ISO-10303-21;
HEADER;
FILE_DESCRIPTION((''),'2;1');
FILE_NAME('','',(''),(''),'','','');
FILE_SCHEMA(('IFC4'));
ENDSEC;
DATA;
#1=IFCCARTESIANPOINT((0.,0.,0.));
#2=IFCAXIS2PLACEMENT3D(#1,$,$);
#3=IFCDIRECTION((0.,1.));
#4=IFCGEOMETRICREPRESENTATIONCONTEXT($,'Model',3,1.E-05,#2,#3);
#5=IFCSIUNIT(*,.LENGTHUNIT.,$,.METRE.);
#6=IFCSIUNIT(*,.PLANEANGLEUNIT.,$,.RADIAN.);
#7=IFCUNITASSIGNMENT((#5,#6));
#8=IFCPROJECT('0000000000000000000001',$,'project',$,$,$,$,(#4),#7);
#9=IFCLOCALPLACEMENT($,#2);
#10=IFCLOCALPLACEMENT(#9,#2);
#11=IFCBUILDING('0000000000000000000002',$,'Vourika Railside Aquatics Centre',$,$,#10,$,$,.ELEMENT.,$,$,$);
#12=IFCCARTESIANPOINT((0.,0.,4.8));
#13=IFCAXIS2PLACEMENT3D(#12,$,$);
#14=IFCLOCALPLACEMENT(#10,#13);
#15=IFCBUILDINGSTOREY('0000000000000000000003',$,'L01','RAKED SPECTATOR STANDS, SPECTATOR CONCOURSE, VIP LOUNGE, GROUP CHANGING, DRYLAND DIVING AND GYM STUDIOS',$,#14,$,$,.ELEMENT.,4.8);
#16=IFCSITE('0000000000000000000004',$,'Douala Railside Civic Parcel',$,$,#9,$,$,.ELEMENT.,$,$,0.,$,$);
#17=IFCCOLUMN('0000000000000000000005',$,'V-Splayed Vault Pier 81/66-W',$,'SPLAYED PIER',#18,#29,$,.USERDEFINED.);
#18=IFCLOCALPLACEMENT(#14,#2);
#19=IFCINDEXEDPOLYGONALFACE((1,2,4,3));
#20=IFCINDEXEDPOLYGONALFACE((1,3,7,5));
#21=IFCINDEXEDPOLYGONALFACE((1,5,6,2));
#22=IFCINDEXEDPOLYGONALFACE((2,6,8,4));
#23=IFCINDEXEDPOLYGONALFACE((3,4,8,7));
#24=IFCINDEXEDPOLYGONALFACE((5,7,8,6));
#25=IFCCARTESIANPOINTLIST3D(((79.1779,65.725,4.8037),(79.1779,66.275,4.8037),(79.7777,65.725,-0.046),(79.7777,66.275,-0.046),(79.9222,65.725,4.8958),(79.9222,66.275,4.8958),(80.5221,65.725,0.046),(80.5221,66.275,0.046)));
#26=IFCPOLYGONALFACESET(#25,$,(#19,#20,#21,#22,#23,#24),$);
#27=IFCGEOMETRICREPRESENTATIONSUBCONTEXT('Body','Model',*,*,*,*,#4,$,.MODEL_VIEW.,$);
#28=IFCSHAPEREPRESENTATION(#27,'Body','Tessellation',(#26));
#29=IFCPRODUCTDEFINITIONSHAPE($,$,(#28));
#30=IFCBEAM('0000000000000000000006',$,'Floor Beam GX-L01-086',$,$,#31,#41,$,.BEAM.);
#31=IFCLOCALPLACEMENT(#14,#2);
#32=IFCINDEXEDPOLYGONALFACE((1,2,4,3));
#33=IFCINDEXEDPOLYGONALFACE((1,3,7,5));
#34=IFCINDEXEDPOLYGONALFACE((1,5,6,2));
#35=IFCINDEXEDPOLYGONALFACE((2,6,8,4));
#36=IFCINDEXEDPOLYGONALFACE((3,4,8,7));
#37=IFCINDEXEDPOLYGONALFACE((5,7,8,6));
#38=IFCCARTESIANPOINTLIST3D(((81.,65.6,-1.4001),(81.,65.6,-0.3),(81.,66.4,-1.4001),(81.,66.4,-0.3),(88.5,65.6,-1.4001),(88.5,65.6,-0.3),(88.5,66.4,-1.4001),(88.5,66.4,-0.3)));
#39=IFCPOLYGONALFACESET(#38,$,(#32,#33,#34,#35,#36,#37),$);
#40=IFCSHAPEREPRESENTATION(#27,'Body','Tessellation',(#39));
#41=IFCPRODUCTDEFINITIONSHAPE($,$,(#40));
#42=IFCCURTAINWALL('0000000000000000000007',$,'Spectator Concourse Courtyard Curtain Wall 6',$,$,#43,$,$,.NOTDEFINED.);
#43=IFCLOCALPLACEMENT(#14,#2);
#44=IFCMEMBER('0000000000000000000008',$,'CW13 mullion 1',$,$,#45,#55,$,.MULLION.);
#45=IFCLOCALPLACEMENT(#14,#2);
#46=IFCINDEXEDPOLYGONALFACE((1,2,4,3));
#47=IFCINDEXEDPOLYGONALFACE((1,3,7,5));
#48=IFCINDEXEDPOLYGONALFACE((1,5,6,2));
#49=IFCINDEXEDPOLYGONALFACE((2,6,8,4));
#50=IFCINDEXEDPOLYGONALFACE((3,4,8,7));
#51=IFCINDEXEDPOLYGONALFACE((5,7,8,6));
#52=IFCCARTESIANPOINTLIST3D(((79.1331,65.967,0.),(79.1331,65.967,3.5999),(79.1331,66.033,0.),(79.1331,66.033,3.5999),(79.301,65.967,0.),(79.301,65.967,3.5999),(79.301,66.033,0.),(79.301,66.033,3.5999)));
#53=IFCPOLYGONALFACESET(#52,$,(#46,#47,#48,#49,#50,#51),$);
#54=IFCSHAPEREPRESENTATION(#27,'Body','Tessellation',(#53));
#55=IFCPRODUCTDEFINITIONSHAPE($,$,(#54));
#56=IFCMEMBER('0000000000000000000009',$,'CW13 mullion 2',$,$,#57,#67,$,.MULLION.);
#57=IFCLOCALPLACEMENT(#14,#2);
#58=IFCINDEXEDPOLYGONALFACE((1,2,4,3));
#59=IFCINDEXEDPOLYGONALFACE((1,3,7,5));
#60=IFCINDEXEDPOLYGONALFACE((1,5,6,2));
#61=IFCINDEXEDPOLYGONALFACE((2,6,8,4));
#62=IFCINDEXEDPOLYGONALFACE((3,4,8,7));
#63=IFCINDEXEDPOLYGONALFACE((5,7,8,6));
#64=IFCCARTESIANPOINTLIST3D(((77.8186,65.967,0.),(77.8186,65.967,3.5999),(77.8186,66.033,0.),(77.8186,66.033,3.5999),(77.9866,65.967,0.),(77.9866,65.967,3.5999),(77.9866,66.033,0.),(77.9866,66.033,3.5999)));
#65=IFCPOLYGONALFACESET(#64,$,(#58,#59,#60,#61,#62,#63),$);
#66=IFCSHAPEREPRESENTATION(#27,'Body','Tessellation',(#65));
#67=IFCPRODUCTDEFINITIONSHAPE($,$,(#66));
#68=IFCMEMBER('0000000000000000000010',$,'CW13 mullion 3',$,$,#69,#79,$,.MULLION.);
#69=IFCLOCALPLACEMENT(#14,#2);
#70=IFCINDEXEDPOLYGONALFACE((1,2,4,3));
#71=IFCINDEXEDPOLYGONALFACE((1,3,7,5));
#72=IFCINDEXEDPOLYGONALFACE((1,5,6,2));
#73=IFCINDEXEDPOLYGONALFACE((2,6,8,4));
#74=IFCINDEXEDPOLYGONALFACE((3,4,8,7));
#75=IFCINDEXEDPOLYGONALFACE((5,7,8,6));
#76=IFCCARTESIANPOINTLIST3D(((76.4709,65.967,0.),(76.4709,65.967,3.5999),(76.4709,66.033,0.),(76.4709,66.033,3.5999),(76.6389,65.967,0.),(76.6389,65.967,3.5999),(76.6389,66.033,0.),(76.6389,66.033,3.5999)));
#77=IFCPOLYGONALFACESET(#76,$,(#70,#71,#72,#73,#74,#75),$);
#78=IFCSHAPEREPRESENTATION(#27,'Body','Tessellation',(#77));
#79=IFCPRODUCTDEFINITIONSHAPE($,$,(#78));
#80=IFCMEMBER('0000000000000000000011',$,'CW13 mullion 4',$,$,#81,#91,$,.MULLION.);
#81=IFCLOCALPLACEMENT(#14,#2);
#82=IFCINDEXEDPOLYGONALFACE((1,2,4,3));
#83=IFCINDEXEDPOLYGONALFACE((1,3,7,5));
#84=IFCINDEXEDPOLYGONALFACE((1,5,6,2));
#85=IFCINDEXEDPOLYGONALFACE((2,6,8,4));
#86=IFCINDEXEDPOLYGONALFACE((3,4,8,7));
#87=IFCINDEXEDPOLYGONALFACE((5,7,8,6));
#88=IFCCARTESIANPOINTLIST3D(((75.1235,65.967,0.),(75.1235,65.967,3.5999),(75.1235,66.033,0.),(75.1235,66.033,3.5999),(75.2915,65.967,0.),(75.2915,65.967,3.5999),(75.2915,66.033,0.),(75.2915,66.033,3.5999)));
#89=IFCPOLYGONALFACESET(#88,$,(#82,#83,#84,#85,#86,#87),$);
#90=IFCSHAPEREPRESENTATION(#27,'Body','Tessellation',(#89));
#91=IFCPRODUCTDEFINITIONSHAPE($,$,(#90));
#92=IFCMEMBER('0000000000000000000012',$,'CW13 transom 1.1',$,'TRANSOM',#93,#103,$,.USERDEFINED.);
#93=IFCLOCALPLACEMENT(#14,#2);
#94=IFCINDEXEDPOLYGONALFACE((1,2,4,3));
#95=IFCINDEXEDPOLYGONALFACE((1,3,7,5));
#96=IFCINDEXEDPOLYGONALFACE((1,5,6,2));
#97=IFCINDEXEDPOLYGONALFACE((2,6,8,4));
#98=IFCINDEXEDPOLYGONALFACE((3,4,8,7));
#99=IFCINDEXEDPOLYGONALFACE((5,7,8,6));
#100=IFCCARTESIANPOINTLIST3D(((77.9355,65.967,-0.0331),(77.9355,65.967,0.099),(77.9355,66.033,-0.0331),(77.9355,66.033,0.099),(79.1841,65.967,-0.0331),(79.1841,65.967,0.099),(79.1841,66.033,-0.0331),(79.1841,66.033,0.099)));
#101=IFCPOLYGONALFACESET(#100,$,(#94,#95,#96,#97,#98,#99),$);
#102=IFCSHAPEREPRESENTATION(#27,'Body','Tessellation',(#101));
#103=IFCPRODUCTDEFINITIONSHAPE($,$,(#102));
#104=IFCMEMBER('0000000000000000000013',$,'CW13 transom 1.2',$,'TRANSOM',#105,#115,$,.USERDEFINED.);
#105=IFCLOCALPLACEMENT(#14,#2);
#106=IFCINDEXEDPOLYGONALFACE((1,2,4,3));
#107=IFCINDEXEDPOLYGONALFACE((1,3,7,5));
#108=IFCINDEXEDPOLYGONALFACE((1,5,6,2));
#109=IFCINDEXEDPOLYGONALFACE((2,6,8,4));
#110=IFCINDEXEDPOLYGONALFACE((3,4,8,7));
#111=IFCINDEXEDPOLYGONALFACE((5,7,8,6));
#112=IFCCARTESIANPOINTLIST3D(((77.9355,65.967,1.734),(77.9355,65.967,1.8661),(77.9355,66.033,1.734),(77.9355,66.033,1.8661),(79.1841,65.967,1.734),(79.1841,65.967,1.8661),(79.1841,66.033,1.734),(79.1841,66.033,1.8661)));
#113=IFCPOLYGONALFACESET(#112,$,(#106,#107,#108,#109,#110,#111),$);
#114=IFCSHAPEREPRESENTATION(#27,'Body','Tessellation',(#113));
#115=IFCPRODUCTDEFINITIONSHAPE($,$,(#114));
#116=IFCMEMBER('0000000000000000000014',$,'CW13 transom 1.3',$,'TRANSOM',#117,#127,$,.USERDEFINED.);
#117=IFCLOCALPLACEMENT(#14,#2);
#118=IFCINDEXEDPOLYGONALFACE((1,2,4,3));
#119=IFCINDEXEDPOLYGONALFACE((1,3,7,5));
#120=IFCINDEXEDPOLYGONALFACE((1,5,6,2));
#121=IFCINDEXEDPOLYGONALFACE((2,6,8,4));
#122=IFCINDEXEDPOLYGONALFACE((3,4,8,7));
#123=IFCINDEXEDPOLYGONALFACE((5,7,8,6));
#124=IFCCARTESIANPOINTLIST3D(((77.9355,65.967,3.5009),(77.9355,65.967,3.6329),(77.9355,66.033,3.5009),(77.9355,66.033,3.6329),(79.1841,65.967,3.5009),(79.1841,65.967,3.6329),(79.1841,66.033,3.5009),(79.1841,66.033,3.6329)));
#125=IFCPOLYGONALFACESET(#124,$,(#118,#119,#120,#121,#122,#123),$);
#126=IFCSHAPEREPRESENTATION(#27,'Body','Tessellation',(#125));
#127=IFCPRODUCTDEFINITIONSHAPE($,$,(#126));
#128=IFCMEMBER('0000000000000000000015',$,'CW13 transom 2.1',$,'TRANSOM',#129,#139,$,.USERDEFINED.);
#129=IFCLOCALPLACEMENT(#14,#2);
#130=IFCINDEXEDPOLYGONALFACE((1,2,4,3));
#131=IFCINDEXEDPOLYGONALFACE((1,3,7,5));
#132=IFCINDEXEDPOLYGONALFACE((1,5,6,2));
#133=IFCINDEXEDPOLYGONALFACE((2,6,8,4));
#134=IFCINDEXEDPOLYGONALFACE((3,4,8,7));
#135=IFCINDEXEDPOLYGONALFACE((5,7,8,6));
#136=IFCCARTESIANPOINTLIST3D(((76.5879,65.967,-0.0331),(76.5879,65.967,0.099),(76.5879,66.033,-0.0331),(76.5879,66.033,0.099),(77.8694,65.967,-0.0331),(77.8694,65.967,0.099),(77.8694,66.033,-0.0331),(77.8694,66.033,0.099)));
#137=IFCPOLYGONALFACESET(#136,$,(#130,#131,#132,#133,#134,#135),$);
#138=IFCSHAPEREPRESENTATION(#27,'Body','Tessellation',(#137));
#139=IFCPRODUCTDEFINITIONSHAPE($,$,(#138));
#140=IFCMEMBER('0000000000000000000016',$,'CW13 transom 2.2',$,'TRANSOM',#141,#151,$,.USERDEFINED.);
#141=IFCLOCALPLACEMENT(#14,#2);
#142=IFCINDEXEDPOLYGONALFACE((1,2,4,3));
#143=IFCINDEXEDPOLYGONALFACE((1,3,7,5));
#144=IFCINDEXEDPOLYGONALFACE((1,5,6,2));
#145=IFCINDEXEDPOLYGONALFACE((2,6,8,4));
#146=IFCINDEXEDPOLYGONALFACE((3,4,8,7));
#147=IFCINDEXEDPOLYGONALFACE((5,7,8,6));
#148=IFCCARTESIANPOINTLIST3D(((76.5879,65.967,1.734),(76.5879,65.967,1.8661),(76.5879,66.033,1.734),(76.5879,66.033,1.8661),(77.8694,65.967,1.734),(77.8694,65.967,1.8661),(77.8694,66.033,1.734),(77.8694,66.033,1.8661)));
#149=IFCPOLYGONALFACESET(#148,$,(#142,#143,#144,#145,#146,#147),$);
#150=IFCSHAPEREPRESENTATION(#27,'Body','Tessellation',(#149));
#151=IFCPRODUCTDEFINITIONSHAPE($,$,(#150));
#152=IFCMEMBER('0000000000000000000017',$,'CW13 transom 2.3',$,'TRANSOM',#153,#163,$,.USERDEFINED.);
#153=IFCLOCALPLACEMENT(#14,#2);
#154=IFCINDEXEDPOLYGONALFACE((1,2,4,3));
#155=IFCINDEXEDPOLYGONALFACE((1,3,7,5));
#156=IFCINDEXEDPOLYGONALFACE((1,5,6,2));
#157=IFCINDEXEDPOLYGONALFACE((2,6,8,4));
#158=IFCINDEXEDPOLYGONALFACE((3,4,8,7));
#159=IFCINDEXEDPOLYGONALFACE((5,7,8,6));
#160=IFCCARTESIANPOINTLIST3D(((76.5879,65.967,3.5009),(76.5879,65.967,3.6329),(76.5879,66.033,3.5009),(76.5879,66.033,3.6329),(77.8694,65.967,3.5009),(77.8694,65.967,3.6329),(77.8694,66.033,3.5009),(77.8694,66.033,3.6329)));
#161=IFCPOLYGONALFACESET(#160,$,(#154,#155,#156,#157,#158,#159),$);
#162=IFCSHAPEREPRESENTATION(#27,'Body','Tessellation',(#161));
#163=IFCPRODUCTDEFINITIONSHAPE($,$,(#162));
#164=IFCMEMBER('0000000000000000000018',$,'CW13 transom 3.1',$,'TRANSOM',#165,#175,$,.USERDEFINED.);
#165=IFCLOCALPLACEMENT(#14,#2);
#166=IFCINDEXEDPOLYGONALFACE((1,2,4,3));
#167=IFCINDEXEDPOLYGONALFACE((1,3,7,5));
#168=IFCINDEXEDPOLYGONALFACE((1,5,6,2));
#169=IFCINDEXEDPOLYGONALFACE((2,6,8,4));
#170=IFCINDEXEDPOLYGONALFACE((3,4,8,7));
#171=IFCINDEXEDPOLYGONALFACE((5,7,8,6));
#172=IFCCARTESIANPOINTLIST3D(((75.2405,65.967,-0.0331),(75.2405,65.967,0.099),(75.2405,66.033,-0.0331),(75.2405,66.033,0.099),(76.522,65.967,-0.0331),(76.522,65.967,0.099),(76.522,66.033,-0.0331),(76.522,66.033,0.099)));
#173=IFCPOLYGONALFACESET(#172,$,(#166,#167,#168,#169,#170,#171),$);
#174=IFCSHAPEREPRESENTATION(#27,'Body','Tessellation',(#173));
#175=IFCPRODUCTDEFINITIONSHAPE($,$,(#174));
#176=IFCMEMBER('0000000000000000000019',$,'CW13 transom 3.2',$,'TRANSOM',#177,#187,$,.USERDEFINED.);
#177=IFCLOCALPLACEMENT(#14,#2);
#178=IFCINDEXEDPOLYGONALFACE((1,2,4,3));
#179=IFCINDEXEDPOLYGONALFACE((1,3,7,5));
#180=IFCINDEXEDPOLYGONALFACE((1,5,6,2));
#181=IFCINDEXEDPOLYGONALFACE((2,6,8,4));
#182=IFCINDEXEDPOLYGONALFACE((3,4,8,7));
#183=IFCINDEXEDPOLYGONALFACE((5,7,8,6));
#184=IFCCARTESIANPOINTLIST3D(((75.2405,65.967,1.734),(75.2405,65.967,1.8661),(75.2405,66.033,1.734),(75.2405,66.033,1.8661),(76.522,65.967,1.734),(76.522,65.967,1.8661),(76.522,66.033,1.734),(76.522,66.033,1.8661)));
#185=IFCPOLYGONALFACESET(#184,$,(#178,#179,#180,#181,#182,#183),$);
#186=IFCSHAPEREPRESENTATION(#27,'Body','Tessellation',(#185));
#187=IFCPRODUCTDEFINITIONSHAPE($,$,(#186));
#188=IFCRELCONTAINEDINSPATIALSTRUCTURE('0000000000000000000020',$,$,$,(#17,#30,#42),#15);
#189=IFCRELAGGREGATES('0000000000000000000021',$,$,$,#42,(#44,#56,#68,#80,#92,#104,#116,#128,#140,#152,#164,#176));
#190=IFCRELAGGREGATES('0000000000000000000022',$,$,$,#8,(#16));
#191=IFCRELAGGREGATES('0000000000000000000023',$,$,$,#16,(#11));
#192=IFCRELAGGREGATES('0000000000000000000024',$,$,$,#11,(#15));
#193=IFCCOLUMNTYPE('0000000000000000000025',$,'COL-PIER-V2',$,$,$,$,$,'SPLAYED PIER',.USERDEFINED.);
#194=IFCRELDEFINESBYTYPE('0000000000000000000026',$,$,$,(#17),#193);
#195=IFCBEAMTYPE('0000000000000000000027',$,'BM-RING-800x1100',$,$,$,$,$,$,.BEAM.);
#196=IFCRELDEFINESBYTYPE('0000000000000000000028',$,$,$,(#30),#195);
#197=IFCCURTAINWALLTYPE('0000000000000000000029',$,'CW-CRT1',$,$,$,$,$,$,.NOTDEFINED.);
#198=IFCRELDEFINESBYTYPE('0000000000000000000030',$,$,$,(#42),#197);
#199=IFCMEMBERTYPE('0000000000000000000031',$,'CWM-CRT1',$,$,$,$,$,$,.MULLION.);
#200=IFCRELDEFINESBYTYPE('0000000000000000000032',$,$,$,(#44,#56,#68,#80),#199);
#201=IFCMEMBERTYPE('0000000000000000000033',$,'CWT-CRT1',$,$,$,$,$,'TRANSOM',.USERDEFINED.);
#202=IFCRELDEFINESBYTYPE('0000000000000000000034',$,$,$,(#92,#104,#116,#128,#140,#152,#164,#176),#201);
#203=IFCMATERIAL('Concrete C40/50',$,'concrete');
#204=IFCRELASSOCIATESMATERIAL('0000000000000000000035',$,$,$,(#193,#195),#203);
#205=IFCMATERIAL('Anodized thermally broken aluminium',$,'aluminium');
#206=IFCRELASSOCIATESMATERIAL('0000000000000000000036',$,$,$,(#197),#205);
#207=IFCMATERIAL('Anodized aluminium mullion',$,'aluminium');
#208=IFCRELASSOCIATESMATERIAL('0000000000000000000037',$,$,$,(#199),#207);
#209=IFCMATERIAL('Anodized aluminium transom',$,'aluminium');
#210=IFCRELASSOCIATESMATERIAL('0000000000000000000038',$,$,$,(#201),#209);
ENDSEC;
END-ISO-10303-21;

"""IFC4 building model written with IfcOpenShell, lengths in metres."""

from ifc_helpers import new_model, si_unit, direction, frame, origin, origin_2d, place, context, subcontext, project, spatial, rectangle, extrude, material, material_profile, profile_set, type_object, element, aggregate, save


model = new_model("IFC4")

# Units and contexts
model_context = context("Model", 3, precision=1e-05, world=origin(), true_north=direction((0.0, 1.0)))
body_context = subcontext(model_context, "Body", "Model", "MODEL_VIEW")
ifc_project = project(units=[si_unit("LENGTHUNIT", "METRE"), si_unit("PLANEANGLEUNIT", "RADIAN")], contexts=[model_context])

# Site, building, storey
site_placement = place(None, origin())
site = spatial("IfcSite", under=ifc_project, at=site_placement, Name="Douala Railside Civic Parcel", CompositionType="ELEMENT", RefElevation=0.0)
building_placement = place(site_placement, origin())
building = spatial("IfcBuilding", under=site, at=building_placement, Name="Vourika Railside Aquatics Centre", CompositionType="ELEMENT")
storey_placement = place(building_placement, frame((0.0, 0.0, 4.8)))
storey = spatial("IfcBuildingStorey", under=building, at=storey_placement, Name="L01", Description="RAKED SPECTATOR STANDS, SPECTATOR CONCOURSE, VIP LOUNGE, GROUP CHANGING, DRYLAND DIVING AND GYM STUDIOS", CompositionType="ELEMENT", Elevation=4.8)

# Column
ifc_material_1 = material(Name="Concrete C40/50", Category="concrete")
ifc_material_profile_1 = material_profile(ifc_material_1, rectangle(XDim=0.55, YDim=0.75, at=origin_2d()), Name="RC 550x750")
ifc_profile_set_1 = profile_set([ifc_material_profile_1], Name="Concrete C40/50")
column_type = type_object("IfcColumnType", Name="COL-PIER-V2", ElementType="SPLAYED PIER", PredefinedType="USERDEFINED", material=ifc_profile_set_1)
column_placement = place(storey_placement, frame((80.1499, 66.0, 0.0), z_axis=(-0.12275, 0.0, 0.992438), x_axis=(0.0, -1.0, 0.0)))
element("IfcColumn", 1, at=column_placement, inside=storey, type_object=column_type, Name="V-Splayed Vault Pier 81/66-W", ObjectType="SPLAYED PIER", PredefinedType="USERDEFINED", context=body_context, shape_type="SweptSolid", body=[
    extrude(rectangle(XDim=0.55, YDim=0.75, at=origin_2d()), origin(), (0.0, 0.0, 1.0), 4.8867),
])

# Beam
ifc_material_profile_2 = material_profile(ifc_material_1, rectangle(XDim=0.8, YDim=1.1001, at=origin_2d()), Name="RC 800x1100")
ifc_profile_set_2 = profile_set([ifc_material_profile_2], Name="Concrete C40/50")
beam_type = type_object("IfcBeamType", Name="BM-RING-800x1100", PredefinedType="BEAM", material=ifc_profile_set_2)
beam_placement = place(storey_placement, frame((81.0, 66.0, -0.8501), z_axis=(1.0, 0.0, 0.0), x_axis=(0.0, 1.0, 0.0)))
element("IfcBeam", 2, at=beam_placement, inside=storey, type_object=beam_type, Name="Floor Beam GX-L01-086", PredefinedType="BEAM", context=body_context, shape_type="SweptSolid", body=[
    extrude(rectangle(XDim=0.8, YDim=1.1001, at=origin_2d()), origin(), (0.0, 0.0, 1.0), 7.5),
])

# Curtain wall, members
ifc_material_2 = material(Name="Anodized thermally broken aluminium", Category="aluminium")
curtain_wall_type = type_object("IfcCurtainWallType", Name="CW-CRT1", PredefinedType="NOTDEFINED", material=ifc_material_2)
curtain_wall_placement = place(storey_placement, origin())
curtain_wall = element("IfcCurtainWall", 3, at=curtain_wall_placement, inside=storey, type_object=curtain_wall_type, Name="Spectator Concourse Courtyard Curtain Wall 6", PredefinedType="NOTDEFINED")
ifc_material_3 = material(Name="Anodized aluminium mullion", Category="aluminium")
ifc_material_profile_3 = material_profile(ifc_material_3, rectangle(XDim=0.0659, YDim=0.168, at=origin_2d()), Name="ALU-M 66x168")
ifc_profile_set_3 = profile_set([ifc_material_profile_3], Name="Anodized aluminium mullion")
member_type_1 = type_object("IfcMemberType", Name="CWM-CRT1", PredefinedType="MULLION", material=ifc_profile_set_3)
member_1_placement = place(storey_placement, frame((79.217, 66.0, 0.0), z_axis=(0.0, 0.0, 1.0), x_axis=(0.0, -1.0, 0.0)))
member_1 = element("IfcMember", 4, at=member_1_placement, type_object=member_type_1, Name="CW13 mullion 1", PredefinedType="MULLION", context=body_context, shape_type="SweptSolid", body=[
    extrude(rectangle(XDim=0.0659, YDim=0.168, at=origin_2d()), origin(), (0.0, 0.0, 1.0), 3.5999),
])
member_2_placement = place(storey_placement, frame((77.9026, 66.0, 0.0), z_axis=(0.0, 0.0, 1.0), x_axis=(0.0, -1.0, 0.0)))
member_2 = element("IfcMember", 5, at=member_2_placement, type_object=member_type_1, Name="CW13 mullion 2", PredefinedType="MULLION", context=body_context, shape_type="SweptSolid", body=[
    extrude(rectangle(XDim=0.0659, YDim=0.168, at=origin_2d()), origin(), (0.0, 0.0, 1.0), 3.5999),
])
member_3_placement = place(storey_placement, frame((76.5549, 66.0, 0.0), z_axis=(0.0, 0.0, 1.0), x_axis=(0.0, -1.0, 0.0)))
member_3 = element("IfcMember", 6, at=member_3_placement, type_object=member_type_1, Name="CW13 mullion 3", PredefinedType="MULLION", context=body_context, shape_type="SweptSolid", body=[
    extrude(rectangle(XDim=0.0659, YDim=0.168, at=origin_2d()), origin(), (0.0, 0.0, 1.0), 3.5999),
])
member_4_placement = place(storey_placement, frame((75.2075, 66.0, 0.0), z_axis=(0.0, 0.0, 1.0), x_axis=(0.0, -1.0, 0.0)))
member_4 = element("IfcMember", 7, at=member_4_placement, type_object=member_type_1, Name="CW13 mullion 4", PredefinedType="MULLION", context=body_context, shape_type="SweptSolid", body=[
    extrude(rectangle(XDim=0.0659, YDim=0.168, at=origin_2d()), origin(), (0.0, 0.0, 1.0), 3.5999),
])
ifc_material_4 = material(Name="Anodized aluminium transom", Category="aluminium")
ifc_material_profile_4 = material_profile(ifc_material_4, rectangle(XDim=0.0659, YDim=0.1321, at=origin_2d()), Name="ALU-T 66x132")
ifc_profile_set_4 = profile_set([ifc_material_profile_4], Name="Anodized aluminium transom")
member_type_2 = type_object("IfcMemberType", Name="CWT-CRT1", ElementType="TRANSOM", PredefinedType="USERDEFINED", material=ifc_profile_set_4)
member_5_placement = place(storey_placement, frame((79.1841, 66.0, 0.033), z_axis=(-1.0, 0.0, 0.0), x_axis=(0.0, -1.0, 0.0)))
member_5 = element("IfcMember", 8, at=member_5_placement, type_object=member_type_2, Name="CW13 transom 1.1", ObjectType="TRANSOM", PredefinedType="USERDEFINED", context=body_context, shape_type="SweptSolid", body=[
    extrude(rectangle(XDim=0.0659, YDim=0.1321, at=origin_2d()), origin(), (0.0, 0.0, 1.0), 1.2485),
])
member_6_placement = place(storey_placement, frame((79.1841, 66.0, 1.8), z_axis=(-1.0, 0.0, 0.0), x_axis=(0.0, -1.0, 0.0)))
member_6 = element("IfcMember", 9, at=member_6_placement, type_object=member_type_2, Name="CW13 transom 1.2", ObjectType="TRANSOM", PredefinedType="USERDEFINED", context=body_context, shape_type="SweptSolid", body=[
    extrude(rectangle(XDim=0.0659, YDim=0.1321, at=origin_2d()), origin(), (0.0, 0.0, 1.0), 1.2485),
])
member_7_placement = place(storey_placement, frame((79.1841, 66.0, 3.5669), z_axis=(-1.0, 0.0, 0.0), x_axis=(0.0, -1.0, 0.0)))
member_7 = element("IfcMember", 10, at=member_7_placement, type_object=member_type_2, Name="CW13 transom 1.3", ObjectType="TRANSOM", PredefinedType="USERDEFINED", context=body_context, shape_type="SweptSolid", body=[
    extrude(rectangle(XDim=0.0659, YDim=0.1321, at=origin_2d()), origin(), (0.0, 0.0, 1.0), 1.2485),
])
member_8_placement = place(storey_placement, frame((77.8694, 66.0, 0.033), z_axis=(-1.0, 0.0, 0.0), x_axis=(0.0, -1.0, 0.0)))
member_8 = element("IfcMember", 11, at=member_8_placement, type_object=member_type_2, Name="CW13 transom 2.1", ObjectType="TRANSOM", PredefinedType="USERDEFINED", context=body_context, shape_type="SweptSolid", body=[
    extrude(rectangle(XDim=0.0659, YDim=0.1321, at=origin_2d()), origin(), (0.0, 0.0, 1.0), 1.2815),
])
member_9_placement = place(storey_placement, frame((77.8694, 66.0, 1.8), z_axis=(-1.0, 0.0, 0.0), x_axis=(0.0, -1.0, 0.0)))
member_9 = element("IfcMember", 12, at=member_9_placement, type_object=member_type_2, Name="CW13 transom 2.2", ObjectType="TRANSOM", PredefinedType="USERDEFINED", context=body_context, shape_type="SweptSolid", body=[
    extrude(rectangle(XDim=0.0659, YDim=0.1321, at=origin_2d()), origin(), (0.0, 0.0, 1.0), 1.2815),
])
member_10_placement = place(storey_placement, frame((77.8694, 66.0, 3.5669), z_axis=(-1.0, 0.0, 0.0), x_axis=(0.0, -1.0, 0.0)))
member_10 = element("IfcMember", 13, at=member_10_placement, type_object=member_type_2, Name="CW13 transom 2.3", ObjectType="TRANSOM", PredefinedType="USERDEFINED", context=body_context, shape_type="SweptSolid", body=[
    extrude(rectangle(XDim=0.0659, YDim=0.1321, at=origin_2d()), origin(), (0.0, 0.0, 1.0), 1.2815),
])
member_11_placement = place(storey_placement, frame((76.522, 66.0, 0.033), z_axis=(-1.0, 0.0, 0.0), x_axis=(0.0, -1.0, 0.0)))
member_11 = element("IfcMember", 14, at=member_11_placement, type_object=member_type_2, Name="CW13 transom 3.1", ObjectType="TRANSOM", PredefinedType="USERDEFINED", context=body_context, shape_type="SweptSolid", body=[
    extrude(rectangle(XDim=0.0659, YDim=0.1321, at=origin_2d()), origin(), (0.0, 0.0, 1.0), 1.2815),
])
member_12_placement = place(storey_placement, frame((76.522, 66.0, 1.8), z_axis=(-1.0, 0.0, 0.0), x_axis=(0.0, -1.0, 0.0)))
member_12 = element("IfcMember", 15, at=member_12_placement, type_object=member_type_2, Name="CW13 transom 3.2", ObjectType="TRANSOM", PredefinedType="USERDEFINED", context=body_context, shape_type="SweptSolid", body=[
    extrude(rectangle(XDim=0.0659, YDim=0.1321, at=origin_2d()), origin(), (0.0, 0.0, 1.0), 1.2815),
])
aggregate(curtain_wall, [member_1, member_2, member_3, member_4, member_5, member_6, member_7, member_8, member_9, member_10, member_11, member_12])

save(model, "model.ifc")
